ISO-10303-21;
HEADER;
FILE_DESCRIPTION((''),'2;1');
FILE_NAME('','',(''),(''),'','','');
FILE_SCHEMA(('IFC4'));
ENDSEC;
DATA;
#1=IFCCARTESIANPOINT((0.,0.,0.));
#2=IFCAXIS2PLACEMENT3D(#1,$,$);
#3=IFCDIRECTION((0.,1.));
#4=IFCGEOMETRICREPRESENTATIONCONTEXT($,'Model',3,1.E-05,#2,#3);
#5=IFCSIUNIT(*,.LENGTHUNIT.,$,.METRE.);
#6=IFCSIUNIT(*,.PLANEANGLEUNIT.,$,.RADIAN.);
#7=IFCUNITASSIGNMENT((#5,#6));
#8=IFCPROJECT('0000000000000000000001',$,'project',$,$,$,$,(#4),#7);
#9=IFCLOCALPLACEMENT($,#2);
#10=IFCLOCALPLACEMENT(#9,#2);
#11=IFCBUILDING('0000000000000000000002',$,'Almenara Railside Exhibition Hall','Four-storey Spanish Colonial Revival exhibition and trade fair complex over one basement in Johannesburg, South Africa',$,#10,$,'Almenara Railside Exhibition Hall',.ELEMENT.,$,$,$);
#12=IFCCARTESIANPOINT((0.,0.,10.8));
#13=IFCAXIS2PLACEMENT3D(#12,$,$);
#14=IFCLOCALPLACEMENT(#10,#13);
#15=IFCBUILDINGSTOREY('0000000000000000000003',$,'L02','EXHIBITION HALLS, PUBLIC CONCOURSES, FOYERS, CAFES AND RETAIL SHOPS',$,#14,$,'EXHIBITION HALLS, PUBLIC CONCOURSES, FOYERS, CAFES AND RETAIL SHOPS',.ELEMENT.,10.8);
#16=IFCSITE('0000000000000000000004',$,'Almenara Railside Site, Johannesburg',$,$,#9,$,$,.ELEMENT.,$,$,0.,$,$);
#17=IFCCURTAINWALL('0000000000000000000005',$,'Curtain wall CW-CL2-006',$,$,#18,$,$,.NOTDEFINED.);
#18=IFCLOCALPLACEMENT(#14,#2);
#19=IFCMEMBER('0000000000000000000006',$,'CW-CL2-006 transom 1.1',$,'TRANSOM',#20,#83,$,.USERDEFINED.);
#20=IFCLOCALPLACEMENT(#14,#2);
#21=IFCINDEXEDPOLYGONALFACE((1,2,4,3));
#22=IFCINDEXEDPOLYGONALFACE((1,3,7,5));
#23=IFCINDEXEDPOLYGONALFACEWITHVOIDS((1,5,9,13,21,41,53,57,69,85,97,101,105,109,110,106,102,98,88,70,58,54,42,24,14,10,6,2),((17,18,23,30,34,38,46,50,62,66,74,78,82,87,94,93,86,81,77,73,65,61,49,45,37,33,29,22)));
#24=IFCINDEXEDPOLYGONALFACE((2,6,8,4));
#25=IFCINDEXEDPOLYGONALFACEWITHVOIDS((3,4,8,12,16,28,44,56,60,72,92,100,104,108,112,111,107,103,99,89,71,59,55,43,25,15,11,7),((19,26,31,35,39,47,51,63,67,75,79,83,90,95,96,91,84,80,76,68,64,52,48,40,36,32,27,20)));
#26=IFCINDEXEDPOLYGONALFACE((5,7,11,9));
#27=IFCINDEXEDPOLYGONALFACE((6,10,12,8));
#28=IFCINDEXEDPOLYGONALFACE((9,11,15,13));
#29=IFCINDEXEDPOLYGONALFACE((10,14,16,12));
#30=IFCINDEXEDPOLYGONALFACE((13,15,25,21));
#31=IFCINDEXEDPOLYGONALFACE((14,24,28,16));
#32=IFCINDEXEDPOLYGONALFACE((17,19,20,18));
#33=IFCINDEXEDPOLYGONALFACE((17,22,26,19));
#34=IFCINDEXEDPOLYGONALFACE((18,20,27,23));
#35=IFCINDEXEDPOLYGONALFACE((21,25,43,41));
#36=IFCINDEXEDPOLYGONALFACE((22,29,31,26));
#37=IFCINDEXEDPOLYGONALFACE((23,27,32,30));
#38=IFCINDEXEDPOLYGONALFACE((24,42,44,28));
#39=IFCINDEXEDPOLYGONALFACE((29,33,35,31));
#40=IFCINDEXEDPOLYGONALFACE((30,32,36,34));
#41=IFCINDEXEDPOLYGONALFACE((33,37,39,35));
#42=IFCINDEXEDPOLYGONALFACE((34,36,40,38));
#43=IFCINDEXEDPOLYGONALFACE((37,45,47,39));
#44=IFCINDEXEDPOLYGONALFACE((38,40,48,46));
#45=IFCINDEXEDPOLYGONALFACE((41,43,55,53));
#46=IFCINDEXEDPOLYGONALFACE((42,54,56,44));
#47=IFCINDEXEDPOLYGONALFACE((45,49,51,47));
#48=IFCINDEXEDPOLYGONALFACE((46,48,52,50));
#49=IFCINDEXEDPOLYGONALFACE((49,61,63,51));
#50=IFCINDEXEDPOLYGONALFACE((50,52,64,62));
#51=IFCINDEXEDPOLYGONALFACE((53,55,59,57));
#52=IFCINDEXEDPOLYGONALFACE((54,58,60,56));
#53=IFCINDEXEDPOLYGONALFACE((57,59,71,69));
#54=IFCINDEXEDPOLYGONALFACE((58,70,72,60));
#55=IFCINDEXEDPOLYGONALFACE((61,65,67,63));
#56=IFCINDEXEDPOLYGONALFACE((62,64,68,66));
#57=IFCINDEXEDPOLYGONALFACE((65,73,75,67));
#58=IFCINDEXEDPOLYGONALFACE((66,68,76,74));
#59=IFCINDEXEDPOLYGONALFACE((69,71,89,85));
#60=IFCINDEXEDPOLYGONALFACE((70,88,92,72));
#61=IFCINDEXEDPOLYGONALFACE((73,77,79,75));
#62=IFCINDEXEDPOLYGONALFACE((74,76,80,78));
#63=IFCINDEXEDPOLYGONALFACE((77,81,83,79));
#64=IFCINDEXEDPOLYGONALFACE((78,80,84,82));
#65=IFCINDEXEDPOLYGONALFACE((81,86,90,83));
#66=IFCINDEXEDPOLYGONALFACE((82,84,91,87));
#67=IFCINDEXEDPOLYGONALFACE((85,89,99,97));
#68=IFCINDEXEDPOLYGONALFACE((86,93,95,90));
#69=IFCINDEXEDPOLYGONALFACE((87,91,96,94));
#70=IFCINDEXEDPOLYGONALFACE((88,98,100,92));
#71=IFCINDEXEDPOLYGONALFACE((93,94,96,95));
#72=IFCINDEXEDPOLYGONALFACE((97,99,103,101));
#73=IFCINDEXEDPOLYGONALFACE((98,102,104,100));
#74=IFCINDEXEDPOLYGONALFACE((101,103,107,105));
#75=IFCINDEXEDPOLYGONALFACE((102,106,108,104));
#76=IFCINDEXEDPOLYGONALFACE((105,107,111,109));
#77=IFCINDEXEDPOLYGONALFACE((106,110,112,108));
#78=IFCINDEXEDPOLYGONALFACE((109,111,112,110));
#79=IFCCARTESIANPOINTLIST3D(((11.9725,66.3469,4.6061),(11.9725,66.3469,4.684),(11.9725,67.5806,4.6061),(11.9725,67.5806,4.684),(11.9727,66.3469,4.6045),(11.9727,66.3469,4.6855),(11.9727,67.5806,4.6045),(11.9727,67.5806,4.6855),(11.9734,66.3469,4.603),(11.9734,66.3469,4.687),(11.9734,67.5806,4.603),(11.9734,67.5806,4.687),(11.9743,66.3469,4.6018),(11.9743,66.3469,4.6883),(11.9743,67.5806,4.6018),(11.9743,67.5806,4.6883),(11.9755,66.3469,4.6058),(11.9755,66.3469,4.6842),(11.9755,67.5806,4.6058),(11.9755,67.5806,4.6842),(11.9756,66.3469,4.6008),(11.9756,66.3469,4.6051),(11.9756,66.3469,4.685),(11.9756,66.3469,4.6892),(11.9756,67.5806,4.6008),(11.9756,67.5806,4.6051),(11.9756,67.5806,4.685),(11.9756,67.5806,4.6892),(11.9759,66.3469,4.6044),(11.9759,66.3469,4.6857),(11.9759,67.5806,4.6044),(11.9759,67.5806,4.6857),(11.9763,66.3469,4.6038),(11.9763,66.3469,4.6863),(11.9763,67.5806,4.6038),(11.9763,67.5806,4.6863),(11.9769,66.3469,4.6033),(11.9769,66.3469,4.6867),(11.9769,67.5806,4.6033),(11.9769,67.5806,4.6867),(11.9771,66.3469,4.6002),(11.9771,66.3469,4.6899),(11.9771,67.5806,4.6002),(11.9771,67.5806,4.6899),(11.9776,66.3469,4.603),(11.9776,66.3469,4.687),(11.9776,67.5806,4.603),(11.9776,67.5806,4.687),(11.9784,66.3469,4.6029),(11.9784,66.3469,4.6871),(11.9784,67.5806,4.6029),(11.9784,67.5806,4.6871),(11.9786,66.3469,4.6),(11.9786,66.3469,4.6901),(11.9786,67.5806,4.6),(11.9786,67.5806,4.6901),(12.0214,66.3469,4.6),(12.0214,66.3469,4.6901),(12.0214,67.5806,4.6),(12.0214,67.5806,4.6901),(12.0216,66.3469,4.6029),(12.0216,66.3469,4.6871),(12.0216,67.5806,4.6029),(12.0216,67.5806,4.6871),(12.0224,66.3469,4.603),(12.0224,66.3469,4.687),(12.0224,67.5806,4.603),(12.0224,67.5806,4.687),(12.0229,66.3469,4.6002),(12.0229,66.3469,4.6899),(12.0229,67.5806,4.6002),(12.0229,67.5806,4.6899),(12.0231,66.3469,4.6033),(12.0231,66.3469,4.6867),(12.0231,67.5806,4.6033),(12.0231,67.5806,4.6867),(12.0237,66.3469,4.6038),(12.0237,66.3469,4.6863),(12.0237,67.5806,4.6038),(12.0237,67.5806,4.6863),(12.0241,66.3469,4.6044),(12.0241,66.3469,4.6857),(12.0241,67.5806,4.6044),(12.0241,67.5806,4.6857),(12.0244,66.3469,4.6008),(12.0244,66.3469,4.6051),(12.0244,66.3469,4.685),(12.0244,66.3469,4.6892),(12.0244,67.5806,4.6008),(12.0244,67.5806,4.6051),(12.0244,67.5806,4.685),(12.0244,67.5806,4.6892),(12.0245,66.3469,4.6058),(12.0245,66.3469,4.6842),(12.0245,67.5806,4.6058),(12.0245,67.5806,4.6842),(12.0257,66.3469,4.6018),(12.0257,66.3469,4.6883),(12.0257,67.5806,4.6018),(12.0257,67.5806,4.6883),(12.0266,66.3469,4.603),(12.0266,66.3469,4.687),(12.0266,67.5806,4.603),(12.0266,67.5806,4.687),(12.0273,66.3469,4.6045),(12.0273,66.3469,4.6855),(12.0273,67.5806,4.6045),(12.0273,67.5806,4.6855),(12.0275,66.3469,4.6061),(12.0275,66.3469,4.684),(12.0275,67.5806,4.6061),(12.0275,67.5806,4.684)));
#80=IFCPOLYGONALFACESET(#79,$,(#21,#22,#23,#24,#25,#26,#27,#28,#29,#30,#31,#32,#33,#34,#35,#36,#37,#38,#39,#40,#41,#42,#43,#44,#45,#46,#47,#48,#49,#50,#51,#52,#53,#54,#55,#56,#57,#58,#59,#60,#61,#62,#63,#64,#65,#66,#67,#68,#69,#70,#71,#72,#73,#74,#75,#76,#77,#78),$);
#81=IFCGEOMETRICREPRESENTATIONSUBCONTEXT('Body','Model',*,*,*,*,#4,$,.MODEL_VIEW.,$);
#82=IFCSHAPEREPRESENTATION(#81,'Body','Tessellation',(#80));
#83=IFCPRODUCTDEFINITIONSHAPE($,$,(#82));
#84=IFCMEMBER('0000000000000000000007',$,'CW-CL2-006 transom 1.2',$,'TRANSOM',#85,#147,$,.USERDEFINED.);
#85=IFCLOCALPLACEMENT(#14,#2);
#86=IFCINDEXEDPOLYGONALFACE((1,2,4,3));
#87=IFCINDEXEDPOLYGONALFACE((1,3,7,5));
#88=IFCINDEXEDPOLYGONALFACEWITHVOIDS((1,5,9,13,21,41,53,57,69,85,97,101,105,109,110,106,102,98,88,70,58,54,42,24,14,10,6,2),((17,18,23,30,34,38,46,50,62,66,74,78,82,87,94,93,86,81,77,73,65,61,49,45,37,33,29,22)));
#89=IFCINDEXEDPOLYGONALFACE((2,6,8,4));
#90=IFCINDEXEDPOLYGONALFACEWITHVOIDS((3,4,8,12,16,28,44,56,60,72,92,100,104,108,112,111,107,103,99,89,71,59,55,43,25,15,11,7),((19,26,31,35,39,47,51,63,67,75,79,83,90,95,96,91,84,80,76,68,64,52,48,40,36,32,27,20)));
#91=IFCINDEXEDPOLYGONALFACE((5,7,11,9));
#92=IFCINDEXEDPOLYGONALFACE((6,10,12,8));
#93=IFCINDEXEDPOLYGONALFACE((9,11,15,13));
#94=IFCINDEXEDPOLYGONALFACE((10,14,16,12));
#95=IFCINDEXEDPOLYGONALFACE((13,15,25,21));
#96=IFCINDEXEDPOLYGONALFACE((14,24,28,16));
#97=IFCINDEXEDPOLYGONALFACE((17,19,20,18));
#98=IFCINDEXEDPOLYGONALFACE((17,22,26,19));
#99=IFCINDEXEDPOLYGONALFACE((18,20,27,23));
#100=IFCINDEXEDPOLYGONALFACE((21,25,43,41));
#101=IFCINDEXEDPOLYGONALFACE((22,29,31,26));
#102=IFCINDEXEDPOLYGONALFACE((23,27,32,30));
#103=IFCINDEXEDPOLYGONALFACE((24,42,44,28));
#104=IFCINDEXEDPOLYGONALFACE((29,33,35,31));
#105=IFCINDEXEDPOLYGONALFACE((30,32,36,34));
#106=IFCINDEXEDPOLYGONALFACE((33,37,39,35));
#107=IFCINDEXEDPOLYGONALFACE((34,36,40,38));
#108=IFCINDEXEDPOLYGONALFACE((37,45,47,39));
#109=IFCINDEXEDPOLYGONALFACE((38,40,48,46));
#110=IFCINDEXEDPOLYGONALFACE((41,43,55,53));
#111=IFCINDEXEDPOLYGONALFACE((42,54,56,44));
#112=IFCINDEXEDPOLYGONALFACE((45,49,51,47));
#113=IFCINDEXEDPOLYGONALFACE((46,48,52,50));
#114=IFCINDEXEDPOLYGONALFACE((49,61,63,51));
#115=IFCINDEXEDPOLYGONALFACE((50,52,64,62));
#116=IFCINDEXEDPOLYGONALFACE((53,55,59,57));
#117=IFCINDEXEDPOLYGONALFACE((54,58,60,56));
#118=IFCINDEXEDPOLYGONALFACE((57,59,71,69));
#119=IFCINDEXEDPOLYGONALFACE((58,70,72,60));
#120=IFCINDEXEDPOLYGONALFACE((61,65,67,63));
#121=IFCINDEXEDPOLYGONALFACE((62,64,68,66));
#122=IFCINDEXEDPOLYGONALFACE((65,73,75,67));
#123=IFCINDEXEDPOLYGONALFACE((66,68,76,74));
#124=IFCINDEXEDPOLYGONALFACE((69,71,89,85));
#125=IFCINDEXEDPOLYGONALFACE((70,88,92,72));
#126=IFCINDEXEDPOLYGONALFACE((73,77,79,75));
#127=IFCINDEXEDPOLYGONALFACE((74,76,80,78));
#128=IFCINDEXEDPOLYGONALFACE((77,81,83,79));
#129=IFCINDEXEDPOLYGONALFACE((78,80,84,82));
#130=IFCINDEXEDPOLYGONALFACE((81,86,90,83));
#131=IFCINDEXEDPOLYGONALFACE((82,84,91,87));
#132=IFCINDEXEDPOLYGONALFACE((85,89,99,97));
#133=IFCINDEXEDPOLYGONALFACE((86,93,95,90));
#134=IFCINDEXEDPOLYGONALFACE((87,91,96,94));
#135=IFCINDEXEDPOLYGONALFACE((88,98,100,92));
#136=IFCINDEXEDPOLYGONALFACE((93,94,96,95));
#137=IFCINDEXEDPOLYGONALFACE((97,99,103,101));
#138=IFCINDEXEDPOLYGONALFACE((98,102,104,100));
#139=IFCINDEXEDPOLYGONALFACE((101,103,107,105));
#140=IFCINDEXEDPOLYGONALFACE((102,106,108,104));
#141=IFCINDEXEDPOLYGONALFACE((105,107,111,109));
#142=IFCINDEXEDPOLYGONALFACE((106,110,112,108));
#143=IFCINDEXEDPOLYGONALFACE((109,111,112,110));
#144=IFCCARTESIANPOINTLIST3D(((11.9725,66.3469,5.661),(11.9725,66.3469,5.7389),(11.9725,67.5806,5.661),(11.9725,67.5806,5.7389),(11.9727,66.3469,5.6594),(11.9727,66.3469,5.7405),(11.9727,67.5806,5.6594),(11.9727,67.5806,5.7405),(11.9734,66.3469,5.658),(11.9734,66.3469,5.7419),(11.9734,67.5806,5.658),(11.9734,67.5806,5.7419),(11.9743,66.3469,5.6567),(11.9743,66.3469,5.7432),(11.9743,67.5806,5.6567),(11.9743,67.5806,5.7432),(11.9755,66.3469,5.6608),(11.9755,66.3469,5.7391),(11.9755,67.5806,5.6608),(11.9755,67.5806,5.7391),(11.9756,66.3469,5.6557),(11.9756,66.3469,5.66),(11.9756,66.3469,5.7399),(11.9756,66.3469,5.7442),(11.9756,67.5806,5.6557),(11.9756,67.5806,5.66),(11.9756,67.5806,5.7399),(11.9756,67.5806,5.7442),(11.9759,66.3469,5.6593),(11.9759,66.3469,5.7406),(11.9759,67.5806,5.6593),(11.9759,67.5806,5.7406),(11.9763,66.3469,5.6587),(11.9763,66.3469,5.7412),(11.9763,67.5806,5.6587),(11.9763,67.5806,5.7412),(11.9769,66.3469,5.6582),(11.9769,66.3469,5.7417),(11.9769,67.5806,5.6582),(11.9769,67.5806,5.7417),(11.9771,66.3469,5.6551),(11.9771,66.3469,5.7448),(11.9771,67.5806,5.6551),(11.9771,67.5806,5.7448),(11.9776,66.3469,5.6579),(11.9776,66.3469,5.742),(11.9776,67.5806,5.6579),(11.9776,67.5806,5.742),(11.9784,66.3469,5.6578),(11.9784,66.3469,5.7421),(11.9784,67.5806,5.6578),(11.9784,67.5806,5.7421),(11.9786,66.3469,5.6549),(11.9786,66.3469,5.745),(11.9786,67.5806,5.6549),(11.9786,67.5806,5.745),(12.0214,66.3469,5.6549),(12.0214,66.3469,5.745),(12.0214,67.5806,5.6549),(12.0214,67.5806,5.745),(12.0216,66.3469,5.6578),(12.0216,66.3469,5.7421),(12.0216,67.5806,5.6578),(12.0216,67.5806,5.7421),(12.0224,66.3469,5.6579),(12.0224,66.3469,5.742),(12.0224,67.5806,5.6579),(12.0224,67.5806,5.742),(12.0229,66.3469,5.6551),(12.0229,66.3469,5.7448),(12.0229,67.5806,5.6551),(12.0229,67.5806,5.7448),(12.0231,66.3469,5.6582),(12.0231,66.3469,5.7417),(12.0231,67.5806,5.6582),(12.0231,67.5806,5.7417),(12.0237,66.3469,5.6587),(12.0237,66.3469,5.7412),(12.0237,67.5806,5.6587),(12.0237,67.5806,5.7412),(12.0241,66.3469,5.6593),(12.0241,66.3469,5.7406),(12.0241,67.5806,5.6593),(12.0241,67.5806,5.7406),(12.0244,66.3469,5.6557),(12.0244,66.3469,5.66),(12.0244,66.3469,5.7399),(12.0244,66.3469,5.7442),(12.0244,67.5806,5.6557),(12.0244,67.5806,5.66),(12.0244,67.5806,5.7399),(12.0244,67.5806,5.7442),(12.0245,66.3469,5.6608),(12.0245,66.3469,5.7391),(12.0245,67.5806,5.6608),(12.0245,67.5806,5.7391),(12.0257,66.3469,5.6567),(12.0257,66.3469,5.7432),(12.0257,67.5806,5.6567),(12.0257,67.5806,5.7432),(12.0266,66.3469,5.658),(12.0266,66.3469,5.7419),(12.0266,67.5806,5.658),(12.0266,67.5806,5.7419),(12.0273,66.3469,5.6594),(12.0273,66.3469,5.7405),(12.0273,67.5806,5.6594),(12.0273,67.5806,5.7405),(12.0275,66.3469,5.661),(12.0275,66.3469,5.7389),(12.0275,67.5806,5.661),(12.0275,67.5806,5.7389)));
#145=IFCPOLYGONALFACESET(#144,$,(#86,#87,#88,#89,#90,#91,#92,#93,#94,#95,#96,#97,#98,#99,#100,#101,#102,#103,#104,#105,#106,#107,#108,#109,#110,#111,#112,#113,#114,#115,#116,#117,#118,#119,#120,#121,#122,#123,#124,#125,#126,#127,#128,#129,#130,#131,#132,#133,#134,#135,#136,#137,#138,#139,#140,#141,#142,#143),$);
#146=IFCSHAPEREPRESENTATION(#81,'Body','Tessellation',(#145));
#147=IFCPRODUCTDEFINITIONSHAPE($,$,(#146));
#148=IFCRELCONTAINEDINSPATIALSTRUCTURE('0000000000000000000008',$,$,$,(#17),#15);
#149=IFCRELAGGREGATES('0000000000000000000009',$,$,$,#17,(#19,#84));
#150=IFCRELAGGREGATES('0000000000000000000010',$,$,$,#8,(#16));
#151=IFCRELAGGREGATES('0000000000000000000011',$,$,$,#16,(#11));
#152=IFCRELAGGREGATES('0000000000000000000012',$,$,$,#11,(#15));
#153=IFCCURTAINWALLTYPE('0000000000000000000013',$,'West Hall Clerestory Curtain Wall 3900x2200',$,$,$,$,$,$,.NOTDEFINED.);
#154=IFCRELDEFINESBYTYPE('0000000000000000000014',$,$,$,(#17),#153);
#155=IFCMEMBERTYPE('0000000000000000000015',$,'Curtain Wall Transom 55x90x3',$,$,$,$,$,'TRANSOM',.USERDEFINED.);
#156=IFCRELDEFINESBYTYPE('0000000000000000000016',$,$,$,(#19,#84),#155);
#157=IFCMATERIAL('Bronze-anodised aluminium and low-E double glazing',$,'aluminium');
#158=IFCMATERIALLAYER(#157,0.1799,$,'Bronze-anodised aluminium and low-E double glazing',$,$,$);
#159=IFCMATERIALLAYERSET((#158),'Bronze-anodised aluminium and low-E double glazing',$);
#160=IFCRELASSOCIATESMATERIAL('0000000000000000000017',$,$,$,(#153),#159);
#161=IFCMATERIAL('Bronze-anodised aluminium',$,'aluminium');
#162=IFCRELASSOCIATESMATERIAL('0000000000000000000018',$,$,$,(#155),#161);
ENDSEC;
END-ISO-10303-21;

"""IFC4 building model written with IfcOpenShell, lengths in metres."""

from ifc_helpers import new_model, si_unit, direction, frame, origin, origin_2d, place, context, subcontext, project, spatial, hollow_rectangle, extrude, material, layer, layer_set, material_profile, profile_set, type_object, element, aggregate, save


model = new_model("IFC4")

# Units and contexts
model_context = context("Model", 3, precision=1e-05, world=origin(), true_north=direction((0.0, 1.0)))
body_context = subcontext(model_context, "Body", "Model", "MODEL_VIEW")
ifc_project = project(units=[si_unit("LENGTHUNIT", "METRE"), si_unit("PLANEANGLEUNIT", "RADIAN")], contexts=[model_context])

# Site, building, storey
site_placement = place(None, origin())
site = spatial("IfcSite", under=ifc_project, at=site_placement, Name="Almenara Railside Site, Johannesburg", CompositionType="ELEMENT", RefElevation=0.0)
building_placement = place(site_placement, origin())
building = spatial("IfcBuilding", under=site, at=building_placement, Name="Almenara Railside Exhibition Hall", Description="Four-storey Spanish Colonial Revival exhibition and trade fair complex over one basement in Johannesburg, South Africa", LongName="Almenara Railside Exhibition Hall", CompositionType="ELEMENT")
storey_placement = place(building_placement, frame((0.0, 0.0, 10.8)))
storey = spatial("IfcBuildingStorey", under=building, at=storey_placement, Name="L02", Description="EXHIBITION HALLS, PUBLIC CONCOURSES, FOYERS, CAFES AND RETAIL SHOPS", LongName="EXHIBITION HALLS, PUBLIC CONCOURSES, FOYERS, CAFES AND RETAIL SHOPS", CompositionType="ELEMENT", Elevation=10.8)

# Curtain wall
ifc_material_1 = material(Name="Bronze-anodised aluminium and low-E double glazing", Category="aluminium")
ifc_layer_1 = layer(ifc_material_1, 0.1799, Name="Bronze-anodised aluminium and low-E double glazing")
ifc_layer_set_1 = layer_set([ifc_layer_1], Name="Bronze-anodised aluminium and low-E double glazing")
curtain_wall_type = type_object("IfcCurtainWallType", Name="West Hall Clerestory Curtain Wall 3900x2200", PredefinedType="NOTDEFINED", material=ifc_layer_set_1)
curtain_wall_1_placement = place(storey_placement, origin())
curtain_wall_1 = element("IfcCurtainWall", 1, at=curtain_wall_1_placement, inside=storey, type_object=curtain_wall_type, Name="Curtain wall CW-CL2-006", PredefinedType="NOTDEFINED")
ifc_material_2 = material(Name="Bronze-anodised aluminium", Category="aluminium")

# Members
ifc_material_profile_1 = material_profile(ifc_material_2, hollow_rectangle(XDim=0.0549, YDim=0.0901, WallThickness=0.0029, InnerFilletRadius=0.0029, OuterFilletRadius=0.0061, at=origin_2d()), Name="ALU-TRN 55x90x3")
ifc_profile_set_1 = profile_set([ifc_material_profile_1], Name="Bronze-anodised aluminium")
member_type_1 = type_object("IfcMemberType", Name="Curtain Wall Transom 55x90x3", ElementType="TRANSOM", PredefinedType="USERDEFINED", material=ifc_profile_set_1)
member_1_placement = place(storey_placement, frame((12.0, 66.3469, 4.645), z_axis=(0.0, 1.0, 0.0), x_axis=(-1.0, 0.0, 0.0)))
member_1 = element("IfcMember", 2, at=member_1_placement, type_object=member_type_1, Name="CW-CL2-006 transom 1.1", ObjectType="TRANSOM", PredefinedType="USERDEFINED", context=body_context, shape_type="SweptSolid", body=[
    extrude(hollow_rectangle(XDim=0.0549, YDim=0.0901, WallThickness=0.0029, InnerFilletRadius=0.0029, OuterFilletRadius=0.0061, at=origin_2d()), origin(), (0.0, 0.0, 1.0), 1.2336),
])
member_2_placement = place(storey_placement, frame((12.0, 66.3469, 5.7), z_axis=(0.0, 1.0, 0.0), x_axis=(-1.0, 0.0, 0.0)))
member_2 = element("IfcMember", 3, at=member_2_placement, type_object=member_type_1, Name="CW-CL2-006 transom 1.2", ObjectType="TRANSOM", PredefinedType="USERDEFINED", context=body_context, shape_type="SweptSolid", body=[
    extrude(hollow_rectangle(XDim=0.0549, YDim=0.0901, WallThickness=0.0029, InnerFilletRadius=0.0029, OuterFilletRadius=0.0061, at=origin_2d()), origin(), (0.0, 0.0, 1.0), 1.2336),
])

aggregate(curtain_wall_1, [member_1, member_2])

save(model, "model.ifc")
